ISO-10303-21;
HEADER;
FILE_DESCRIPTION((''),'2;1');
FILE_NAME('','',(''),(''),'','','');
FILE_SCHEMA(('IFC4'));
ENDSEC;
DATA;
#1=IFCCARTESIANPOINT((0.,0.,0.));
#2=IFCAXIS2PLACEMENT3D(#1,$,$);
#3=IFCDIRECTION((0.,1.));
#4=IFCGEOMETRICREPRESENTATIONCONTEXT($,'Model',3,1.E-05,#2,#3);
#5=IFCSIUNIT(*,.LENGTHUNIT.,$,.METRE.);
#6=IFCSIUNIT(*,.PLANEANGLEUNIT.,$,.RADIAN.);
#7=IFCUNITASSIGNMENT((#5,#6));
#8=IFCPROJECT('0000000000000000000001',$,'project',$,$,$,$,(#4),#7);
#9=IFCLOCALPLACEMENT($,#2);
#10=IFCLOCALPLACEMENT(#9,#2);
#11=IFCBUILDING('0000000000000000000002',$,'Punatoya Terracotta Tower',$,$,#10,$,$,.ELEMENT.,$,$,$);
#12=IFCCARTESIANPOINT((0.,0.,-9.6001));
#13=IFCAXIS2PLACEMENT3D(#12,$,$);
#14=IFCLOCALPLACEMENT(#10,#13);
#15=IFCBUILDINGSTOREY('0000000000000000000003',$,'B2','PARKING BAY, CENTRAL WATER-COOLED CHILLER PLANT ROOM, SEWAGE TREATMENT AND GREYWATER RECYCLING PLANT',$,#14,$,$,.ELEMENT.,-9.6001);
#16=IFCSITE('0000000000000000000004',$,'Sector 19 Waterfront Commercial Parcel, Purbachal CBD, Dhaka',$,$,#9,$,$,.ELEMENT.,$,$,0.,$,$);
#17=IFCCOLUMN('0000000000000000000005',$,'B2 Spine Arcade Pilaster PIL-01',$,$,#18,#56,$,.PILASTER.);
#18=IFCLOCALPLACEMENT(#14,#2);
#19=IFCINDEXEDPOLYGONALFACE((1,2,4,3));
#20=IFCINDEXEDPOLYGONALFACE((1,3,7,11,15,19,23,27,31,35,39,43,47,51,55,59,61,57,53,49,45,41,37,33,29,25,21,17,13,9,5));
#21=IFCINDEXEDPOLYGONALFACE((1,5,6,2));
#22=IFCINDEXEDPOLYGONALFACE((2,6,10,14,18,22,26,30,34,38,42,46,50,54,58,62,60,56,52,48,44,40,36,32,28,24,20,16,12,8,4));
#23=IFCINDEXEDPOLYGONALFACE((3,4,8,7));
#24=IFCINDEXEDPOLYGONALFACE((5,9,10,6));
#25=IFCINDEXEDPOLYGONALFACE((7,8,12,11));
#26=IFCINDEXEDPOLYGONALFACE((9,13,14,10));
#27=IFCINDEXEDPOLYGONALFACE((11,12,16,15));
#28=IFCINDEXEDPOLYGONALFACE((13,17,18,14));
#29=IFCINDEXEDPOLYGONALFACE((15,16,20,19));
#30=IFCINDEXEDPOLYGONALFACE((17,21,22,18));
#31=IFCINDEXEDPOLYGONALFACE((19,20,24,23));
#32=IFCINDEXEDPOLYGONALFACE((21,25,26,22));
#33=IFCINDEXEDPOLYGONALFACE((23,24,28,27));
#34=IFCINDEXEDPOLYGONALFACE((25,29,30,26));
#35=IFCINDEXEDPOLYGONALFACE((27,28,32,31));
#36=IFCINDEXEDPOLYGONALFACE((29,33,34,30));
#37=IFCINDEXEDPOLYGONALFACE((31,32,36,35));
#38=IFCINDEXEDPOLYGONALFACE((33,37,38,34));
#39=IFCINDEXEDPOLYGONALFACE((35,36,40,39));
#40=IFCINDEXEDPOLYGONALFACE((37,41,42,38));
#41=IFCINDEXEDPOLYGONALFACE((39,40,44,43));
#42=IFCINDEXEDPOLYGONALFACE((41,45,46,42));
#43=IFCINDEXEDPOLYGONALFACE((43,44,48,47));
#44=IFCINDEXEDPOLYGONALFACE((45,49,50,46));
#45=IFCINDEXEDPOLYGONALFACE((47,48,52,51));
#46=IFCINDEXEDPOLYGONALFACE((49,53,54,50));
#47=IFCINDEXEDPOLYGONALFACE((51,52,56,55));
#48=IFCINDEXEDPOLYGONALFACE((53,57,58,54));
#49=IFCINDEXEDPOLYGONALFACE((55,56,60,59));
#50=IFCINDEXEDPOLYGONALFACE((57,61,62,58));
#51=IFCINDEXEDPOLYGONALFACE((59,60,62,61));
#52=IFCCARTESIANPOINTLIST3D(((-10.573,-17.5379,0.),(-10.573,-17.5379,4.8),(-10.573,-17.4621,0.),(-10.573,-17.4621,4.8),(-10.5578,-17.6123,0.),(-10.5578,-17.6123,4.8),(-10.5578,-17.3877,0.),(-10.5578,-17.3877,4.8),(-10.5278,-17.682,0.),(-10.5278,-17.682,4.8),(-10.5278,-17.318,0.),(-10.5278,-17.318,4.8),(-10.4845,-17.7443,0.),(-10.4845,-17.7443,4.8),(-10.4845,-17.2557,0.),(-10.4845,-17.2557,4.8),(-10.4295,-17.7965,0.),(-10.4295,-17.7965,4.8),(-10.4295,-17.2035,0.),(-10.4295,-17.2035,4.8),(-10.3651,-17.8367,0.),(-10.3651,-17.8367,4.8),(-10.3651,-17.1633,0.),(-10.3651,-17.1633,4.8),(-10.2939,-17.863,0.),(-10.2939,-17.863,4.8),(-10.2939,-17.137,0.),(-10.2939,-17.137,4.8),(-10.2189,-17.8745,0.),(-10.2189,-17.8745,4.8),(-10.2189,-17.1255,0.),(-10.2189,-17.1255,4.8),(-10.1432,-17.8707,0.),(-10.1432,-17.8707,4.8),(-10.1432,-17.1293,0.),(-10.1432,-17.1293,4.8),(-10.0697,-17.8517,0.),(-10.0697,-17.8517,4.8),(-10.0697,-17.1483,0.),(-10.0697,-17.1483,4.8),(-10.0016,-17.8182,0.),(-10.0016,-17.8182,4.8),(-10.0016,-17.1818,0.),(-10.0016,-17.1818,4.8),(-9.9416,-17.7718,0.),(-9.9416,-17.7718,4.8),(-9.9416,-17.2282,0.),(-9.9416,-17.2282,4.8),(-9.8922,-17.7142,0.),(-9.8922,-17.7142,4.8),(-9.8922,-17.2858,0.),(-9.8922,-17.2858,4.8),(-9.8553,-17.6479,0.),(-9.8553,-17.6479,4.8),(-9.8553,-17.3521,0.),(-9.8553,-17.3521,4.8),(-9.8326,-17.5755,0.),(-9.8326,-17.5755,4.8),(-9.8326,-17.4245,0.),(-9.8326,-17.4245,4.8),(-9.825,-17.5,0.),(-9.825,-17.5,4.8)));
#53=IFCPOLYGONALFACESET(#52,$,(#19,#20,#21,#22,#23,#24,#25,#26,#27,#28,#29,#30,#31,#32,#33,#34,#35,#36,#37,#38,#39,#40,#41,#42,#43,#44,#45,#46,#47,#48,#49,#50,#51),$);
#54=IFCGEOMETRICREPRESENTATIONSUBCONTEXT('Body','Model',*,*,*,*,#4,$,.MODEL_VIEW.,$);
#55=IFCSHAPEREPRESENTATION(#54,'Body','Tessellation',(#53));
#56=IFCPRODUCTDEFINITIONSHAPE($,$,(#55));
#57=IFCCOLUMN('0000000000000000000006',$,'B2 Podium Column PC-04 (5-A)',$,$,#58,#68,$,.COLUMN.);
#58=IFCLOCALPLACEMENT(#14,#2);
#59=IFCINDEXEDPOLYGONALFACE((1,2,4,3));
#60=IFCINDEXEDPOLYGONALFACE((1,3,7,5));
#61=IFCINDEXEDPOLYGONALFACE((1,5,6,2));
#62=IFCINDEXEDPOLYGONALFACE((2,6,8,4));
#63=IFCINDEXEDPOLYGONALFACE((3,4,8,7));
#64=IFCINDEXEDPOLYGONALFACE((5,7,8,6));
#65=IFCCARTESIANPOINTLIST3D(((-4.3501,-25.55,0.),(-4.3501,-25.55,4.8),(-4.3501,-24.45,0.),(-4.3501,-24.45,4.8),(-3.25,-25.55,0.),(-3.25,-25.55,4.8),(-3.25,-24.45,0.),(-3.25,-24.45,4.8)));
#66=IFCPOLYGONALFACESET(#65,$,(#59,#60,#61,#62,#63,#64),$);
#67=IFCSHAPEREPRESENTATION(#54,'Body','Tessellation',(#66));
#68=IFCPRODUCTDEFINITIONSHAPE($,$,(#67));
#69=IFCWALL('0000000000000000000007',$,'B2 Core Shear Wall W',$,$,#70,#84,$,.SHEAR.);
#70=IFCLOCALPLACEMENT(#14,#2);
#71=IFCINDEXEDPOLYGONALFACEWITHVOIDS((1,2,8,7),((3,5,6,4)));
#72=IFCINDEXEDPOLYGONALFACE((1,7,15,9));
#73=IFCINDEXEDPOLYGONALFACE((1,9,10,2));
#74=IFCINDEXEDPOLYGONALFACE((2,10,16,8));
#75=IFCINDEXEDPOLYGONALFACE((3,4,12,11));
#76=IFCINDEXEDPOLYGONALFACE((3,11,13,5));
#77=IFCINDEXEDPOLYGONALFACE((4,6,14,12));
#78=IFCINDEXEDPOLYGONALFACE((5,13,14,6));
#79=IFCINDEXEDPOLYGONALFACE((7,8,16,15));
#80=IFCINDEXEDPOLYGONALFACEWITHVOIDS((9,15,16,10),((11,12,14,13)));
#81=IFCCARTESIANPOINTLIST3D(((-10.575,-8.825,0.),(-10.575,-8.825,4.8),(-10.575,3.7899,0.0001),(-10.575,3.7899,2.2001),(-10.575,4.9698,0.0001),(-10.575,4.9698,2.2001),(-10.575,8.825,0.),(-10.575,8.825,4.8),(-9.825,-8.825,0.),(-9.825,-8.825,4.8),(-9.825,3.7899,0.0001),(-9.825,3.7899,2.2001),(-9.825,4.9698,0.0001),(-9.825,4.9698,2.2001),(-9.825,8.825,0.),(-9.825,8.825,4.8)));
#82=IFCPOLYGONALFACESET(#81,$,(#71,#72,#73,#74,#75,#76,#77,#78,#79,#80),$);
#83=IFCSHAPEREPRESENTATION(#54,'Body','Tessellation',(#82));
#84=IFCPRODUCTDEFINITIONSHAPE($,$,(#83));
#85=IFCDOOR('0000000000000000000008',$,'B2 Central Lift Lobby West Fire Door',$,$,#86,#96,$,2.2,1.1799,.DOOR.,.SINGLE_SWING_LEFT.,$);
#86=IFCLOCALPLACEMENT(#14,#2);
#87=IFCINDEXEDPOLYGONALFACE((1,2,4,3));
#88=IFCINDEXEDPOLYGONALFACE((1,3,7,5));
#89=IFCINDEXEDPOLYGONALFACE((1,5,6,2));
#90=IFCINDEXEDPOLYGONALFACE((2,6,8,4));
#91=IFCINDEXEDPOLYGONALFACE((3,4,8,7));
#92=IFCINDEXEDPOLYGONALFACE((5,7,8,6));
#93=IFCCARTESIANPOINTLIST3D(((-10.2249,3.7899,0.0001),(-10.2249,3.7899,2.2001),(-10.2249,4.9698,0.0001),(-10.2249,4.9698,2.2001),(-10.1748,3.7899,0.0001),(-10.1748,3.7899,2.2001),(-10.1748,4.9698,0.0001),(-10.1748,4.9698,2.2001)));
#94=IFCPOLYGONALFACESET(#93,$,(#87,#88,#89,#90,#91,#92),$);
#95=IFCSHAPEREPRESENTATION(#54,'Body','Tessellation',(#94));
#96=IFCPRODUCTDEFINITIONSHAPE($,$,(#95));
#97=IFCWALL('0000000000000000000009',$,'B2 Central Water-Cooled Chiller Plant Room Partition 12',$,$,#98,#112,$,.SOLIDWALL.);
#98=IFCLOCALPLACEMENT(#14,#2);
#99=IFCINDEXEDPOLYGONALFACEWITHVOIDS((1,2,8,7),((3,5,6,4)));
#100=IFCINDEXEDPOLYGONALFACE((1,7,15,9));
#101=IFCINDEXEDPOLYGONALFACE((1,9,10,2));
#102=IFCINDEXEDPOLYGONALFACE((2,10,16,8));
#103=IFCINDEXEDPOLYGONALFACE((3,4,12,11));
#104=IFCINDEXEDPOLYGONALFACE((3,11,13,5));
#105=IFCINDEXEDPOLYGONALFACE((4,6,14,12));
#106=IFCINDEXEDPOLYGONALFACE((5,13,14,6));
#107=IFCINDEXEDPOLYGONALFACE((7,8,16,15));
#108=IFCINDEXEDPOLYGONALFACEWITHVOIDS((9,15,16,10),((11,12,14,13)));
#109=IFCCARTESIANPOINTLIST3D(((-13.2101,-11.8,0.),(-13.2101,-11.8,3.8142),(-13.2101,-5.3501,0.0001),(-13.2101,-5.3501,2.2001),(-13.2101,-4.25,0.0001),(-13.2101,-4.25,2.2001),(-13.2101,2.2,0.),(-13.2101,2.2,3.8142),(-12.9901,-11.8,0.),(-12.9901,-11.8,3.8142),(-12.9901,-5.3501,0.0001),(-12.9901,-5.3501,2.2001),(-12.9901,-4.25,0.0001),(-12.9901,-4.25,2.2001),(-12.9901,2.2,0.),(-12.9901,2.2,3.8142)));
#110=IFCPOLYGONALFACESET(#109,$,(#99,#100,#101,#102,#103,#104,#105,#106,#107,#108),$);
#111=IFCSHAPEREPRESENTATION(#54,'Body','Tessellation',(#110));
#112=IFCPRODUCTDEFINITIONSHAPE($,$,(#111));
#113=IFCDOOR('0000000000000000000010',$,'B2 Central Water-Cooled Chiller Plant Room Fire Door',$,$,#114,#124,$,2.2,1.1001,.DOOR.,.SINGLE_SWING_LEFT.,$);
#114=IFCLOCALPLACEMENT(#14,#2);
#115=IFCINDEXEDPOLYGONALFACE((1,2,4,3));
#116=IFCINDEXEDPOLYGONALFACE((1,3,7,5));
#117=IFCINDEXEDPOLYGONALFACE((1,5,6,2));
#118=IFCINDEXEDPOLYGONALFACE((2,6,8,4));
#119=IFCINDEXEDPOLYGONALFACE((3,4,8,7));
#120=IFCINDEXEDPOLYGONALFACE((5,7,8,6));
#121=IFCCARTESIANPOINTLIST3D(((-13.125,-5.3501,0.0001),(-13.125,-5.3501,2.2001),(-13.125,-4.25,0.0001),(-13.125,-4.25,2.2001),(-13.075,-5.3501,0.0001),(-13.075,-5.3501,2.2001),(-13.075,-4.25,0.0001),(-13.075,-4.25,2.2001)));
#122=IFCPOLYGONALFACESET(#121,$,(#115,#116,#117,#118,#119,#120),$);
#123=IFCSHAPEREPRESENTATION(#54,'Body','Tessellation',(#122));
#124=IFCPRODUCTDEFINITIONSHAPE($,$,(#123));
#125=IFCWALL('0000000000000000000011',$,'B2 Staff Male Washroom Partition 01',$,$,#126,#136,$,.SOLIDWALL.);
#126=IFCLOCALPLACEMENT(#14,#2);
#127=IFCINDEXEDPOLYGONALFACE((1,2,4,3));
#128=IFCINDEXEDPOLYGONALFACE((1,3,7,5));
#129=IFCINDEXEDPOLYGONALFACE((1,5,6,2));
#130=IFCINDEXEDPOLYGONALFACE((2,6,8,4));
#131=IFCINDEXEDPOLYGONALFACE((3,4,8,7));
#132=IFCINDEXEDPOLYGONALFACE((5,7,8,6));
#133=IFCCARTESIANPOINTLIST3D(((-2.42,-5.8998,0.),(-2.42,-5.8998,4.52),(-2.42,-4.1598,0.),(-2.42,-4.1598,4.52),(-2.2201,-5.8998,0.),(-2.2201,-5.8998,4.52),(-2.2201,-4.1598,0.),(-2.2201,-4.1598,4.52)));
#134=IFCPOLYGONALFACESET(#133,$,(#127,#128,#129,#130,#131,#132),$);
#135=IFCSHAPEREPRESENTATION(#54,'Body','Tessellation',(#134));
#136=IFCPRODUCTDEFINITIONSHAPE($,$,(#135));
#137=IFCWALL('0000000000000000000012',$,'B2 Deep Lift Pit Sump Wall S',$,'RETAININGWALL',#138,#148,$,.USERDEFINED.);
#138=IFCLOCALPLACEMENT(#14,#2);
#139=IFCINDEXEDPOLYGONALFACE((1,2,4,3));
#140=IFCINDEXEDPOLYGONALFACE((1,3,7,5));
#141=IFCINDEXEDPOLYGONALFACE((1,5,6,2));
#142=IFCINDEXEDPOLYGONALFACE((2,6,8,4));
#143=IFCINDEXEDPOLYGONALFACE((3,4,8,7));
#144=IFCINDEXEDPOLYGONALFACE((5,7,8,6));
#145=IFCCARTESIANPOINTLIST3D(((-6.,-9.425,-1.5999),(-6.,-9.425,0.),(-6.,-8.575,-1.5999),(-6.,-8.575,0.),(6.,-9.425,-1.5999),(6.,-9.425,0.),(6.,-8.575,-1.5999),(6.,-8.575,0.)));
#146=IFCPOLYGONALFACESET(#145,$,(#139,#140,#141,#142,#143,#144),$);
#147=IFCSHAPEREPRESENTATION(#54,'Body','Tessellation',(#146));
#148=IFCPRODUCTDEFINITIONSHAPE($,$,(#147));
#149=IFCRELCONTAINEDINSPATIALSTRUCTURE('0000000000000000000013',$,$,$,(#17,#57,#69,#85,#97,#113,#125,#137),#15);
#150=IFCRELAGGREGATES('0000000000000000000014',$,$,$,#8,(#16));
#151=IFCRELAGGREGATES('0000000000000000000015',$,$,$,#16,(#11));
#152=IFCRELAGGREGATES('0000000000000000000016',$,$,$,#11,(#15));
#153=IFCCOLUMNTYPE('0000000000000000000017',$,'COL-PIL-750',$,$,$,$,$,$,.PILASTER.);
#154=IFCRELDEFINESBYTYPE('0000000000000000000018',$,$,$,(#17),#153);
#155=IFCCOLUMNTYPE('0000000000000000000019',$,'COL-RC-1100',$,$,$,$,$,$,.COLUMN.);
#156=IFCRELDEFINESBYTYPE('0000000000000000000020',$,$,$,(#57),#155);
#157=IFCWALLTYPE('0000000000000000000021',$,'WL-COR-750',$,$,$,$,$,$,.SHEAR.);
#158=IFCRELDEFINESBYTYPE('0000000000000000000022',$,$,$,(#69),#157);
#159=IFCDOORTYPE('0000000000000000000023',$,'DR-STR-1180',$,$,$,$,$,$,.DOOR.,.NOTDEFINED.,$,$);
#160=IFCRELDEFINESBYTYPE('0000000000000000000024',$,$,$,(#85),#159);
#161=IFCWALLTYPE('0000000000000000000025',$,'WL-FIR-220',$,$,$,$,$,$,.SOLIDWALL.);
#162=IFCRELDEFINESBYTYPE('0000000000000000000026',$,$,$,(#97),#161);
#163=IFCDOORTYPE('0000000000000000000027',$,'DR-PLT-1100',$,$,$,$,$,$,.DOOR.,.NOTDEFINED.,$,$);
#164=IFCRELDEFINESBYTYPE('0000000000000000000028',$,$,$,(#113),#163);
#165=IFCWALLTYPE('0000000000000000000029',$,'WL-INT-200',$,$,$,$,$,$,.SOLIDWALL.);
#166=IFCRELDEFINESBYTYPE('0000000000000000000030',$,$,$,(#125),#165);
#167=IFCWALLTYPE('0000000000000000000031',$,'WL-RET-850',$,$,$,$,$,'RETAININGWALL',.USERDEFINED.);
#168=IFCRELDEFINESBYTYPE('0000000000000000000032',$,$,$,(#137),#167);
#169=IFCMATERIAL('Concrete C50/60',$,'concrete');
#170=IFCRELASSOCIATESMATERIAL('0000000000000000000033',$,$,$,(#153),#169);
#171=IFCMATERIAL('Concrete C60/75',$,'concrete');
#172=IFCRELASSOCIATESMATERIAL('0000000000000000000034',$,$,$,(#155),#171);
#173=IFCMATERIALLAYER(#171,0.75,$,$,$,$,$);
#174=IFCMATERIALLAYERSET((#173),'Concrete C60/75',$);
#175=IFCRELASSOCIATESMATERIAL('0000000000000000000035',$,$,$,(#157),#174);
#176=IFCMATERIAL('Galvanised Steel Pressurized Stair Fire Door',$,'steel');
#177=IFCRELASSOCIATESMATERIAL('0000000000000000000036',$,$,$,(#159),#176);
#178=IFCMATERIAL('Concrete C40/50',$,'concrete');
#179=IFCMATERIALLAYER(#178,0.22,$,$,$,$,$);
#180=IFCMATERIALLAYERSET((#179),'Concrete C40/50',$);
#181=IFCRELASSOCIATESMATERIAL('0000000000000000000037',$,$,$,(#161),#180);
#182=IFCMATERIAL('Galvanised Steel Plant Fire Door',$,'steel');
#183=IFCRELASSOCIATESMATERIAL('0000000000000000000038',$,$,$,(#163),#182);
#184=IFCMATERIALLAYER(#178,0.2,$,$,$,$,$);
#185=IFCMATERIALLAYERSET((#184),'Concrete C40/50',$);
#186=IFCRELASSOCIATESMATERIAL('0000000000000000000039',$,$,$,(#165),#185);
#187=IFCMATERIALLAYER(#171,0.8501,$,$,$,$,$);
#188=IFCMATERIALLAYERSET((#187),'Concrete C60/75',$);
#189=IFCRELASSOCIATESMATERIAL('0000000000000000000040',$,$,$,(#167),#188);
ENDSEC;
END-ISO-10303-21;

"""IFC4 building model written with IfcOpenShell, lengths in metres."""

from ifc_helpers import new_model, si_unit, direction, frame, frame_2d, origin, origin_2d, place, context, subcontext, project, spatial, rectangle, circle, extrude, material, layer, layer_set, material_profile, profile_set, type_object, element, fill, save


model = new_model("IFC4")

# Units and contexts
model_context = context("Model", 3, precision=1e-05, world=origin(), true_north=direction((0.0, 1.0)))
body_context = subcontext(model_context, "Body", "Model", "MODEL_VIEW")
ifc_project = project(units=[si_unit("LENGTHUNIT", "METRE"), si_unit("PLANEANGLEUNIT", "RADIAN")], contexts=[model_context])

# Site, building, storey
site_placement = place(None, origin())
site = spatial("IfcSite", under=ifc_project, at=site_placement, Name="Sector 19 Waterfront Commercial Parcel, Purbachal CBD, Dhaka", CompositionType="ELEMENT", RefElevation=0.0)
building_placement = place(site_placement, origin())
building = spatial("IfcBuilding", under=site, at=building_placement, Name="Punatoya Terracotta Tower", CompositionType="ELEMENT")
storey_placement = place(building_placement, frame((0.0, 0.0, -9.6001)))
storey = spatial("IfcBuildingStorey", under=building, at=storey_placement, Name="B2", Description="PARKING BAY, CENTRAL WATER-COOLED CHILLER PLANT ROOM, SEWAGE TREATMENT AND GREYWATER RECYCLING PLANT", CompositionType="ELEMENT", Elevation=-9.6001)

# Columns
ifc_material_1 = material(Name="Concrete C50/60", Category="concrete")
ifc_material_profile_1 = material_profile(ifc_material_1, circle(Radius=0.375, at=origin_2d()))
ifc_profile_set_1 = profile_set([ifc_material_profile_1], Name="Concrete C50/60")
column_type_1 = type_object("IfcColumnType", Name="COL-PIL-750", PredefinedType="PILASTER", material=ifc_profile_set_1)
column_1_placement = place(storey_placement, frame((-10.2, -17.5, 0.0), z_axis=(0.0, 0.0, 1.0), x_axis=(1.0, 0.0, 0.0)))
element("IfcColumn", 1, at=column_1_placement, inside=storey, type_object=column_type_1, Name="B2 Spine Arcade Pilaster PIL-01", PredefinedType="PILASTER", context=body_context, shape_type="SweptSolid", body=[
    extrude(circle(Radius=0.375, at=origin_2d()), origin(), (0.0, 0.0, 1.0), 4.8),
])
ifc_material_2 = material(Name="Concrete C60/75", Category="concrete")
ifc_material_profile_2 = material_profile(ifc_material_2, rectangle(XDim=1.1001, YDim=1.1001, at=origin_2d()))
ifc_profile_set_2 = profile_set([ifc_material_profile_2], Name="Concrete C60/75")
column_type_2 = type_object("IfcColumnType", Name="COL-RC-1100", PredefinedType="COLUMN", material=ifc_profile_set_2)
column_2_placement = place(storey_placement, frame((-3.8, -25.0, 0.0), z_axis=(0.0, 0.0, 1.0), x_axis=(1.0, 0.0, 0.0)))
element("IfcColumn", 2, at=column_2_placement, inside=storey, type_object=column_type_2, Name="B2 Podium Column PC-04 (5-A)", PredefinedType="COLUMN", context=body_context, shape_type="SweptSolid", body=[
    extrude(rectangle(XDim=1.1001, YDim=1.1001, at=origin_2d()), origin(), (0.0, 0.0, 1.0), 4.8),
])

# Walls, openings, doors
ifc_layer_1 = layer(ifc_material_2, 0.75)
ifc_layer_set_1 = layer_set([ifc_layer_1], Name="Concrete C60/75")
wall_type_1 = type_object("IfcWallType", Name="WL-COR-750", PredefinedType="SHEAR", material=ifc_layer_set_1)
wall_1_placement = place(storey_placement, frame((-10.2, -8.825, 0.0), z_axis=(0.0, 0.0, 1.0), x_axis=(0.0, 1.0, 0.0)))
wall_1 = element("IfcWall", 3, at=wall_1_placement, inside=storey, type_object=wall_type_1, Name="B2 Core Shear Wall W", PredefinedType="SHEAR", context=body_context, shape_type="SweptSolid", body=[
    extrude(rectangle(XDim=17.6499, YDim=0.75, at=frame_2d((8.825, 0.0))), origin(), (0.0, 0.0, 1.0), 4.8),
])
opening_1_placement = place(wall_1_placement, frame((12.615, 0.0, 0.0)))
opening_1 = element("IfcOpeningElement", 4, at=opening_1_placement, cuts=wall_1, PredefinedType="OPENING", context=body_context, shape_type="SweptSolid", body=[
    extrude(rectangle(XDim=1.1799, YDim=2.2, at=frame_2d((0.5898, 1.1001))), frame((0.0, 0.385, 0.0), z_axis=(0.0, -1.0, 0.0), x_axis=(1.0, 0.0, 0.0)), (0.0, 0.0, 1.0), 0.77),
])
ifc_material_3 = material(Name="Galvanised Steel Pressurized Stair Fire Door", Category="steel")
door_type_1 = type_object("IfcDoorType", Name="DR-STR-1180", OperationType="NOTDEFINED", PredefinedType="DOOR", material=ifc_material_3)
door_1_placement = place(opening_1_placement, origin())
door_1 = element("IfcDoor", 5, at=door_1_placement, inside=storey, type_object=door_type_1, Name="B2 Central Lift Lobby West Fire Door", OperationType="SINGLE_SWING_LEFT", OverallHeight=2.2, OverallWidth=1.1799, PredefinedType="DOOR", context=body_context, shape_type="SweptSolid", body=[
    extrude(rectangle(XDim=1.1799, YDim=2.2, at=frame_2d((0.5898, 1.1001))), frame((0.0, 0.0249, 0.0), z_axis=(0.0, -1.0, 0.0), x_axis=(1.0, 0.0, 0.0)), (0.0, 0.0, 1.0), 0.05),
])
fill(opening_1, door_1)
ifc_material_4 = material(Name="Concrete C40/50", Category="concrete")
ifc_layer_2 = layer(ifc_material_4, 0.22)
ifc_layer_set_2 = layer_set([ifc_layer_2], Name="Concrete C40/50")
wall_type_2 = type_object("IfcWallType", Name="WL-FIR-220", PredefinedType="SOLIDWALL", material=ifc_layer_set_2)
wall_2_placement = place(storey_placement, frame((-13.1001, -11.8, 0.0), z_axis=(0.0, 0.0, 1.0), x_axis=(0.0, 1.0, 0.0)))
wall_2 = element("IfcWall", 6, at=wall_2_placement, inside=storey, type_object=wall_type_2, Name="B2 Central Water-Cooled Chiller Plant Room Partition 12", PredefinedType="SOLIDWALL", context=body_context, shape_type="SweptSolid", body=[
    extrude(rectangle(XDim=14.0, YDim=0.22, at=frame_2d((7.0, 0.0))), origin(), (0.0, 0.0, 1.0), 3.8142),
])
opening_2_placement = place(wall_2_placement, frame((6.45, 0.0, 0.0)))
opening_2 = element("IfcOpeningElement", 7, at=opening_2_placement, cuts=wall_2, PredefinedType="OPENING", context=body_context, shape_type="SweptSolid", body=[
    extrude(rectangle(XDim=1.1001, YDim=2.2, at=frame_2d((0.55, 1.1001))), frame((0.0, 0.1199, 0.0), z_axis=(0.0, -1.0, 0.0), x_axis=(1.0, 0.0, 0.0)), (0.0, 0.0, 1.0), 0.24),
])
ifc_material_5 = material(Name="Galvanised Steel Plant Fire Door", Category="steel")
door_type_2 = type_object("IfcDoorType", Name="DR-PLT-1100", OperationType="NOTDEFINED", PredefinedType="DOOR", material=ifc_material_5)
door_2_placement = place(opening_2_placement, origin())
door_2 = element("IfcDoor", 8, at=door_2_placement, inside=storey, type_object=door_type_2, Name="B2 Central Water-Cooled Chiller Plant Room Fire Door", OperationType="SINGLE_SWING_LEFT", OverallHeight=2.2, OverallWidth=1.1001, PredefinedType="DOOR", context=body_context, shape_type="SweptSolid", body=[
    extrude(rectangle(XDim=1.1001, YDim=2.2, at=frame_2d((0.55, 1.1001))), frame((0.0, 0.0249, 0.0), z_axis=(0.0, -1.0, 0.0), x_axis=(1.0, 0.0, 0.0)), (0.0, 0.0, 1.0), 0.05),
])
fill(opening_2, door_2)

# Walls
ifc_layer_3 = layer(ifc_material_4, 0.2)
ifc_layer_set_3 = layer_set([ifc_layer_3], Name="Concrete C40/50")
wall_type_3 = type_object("IfcWallType", Name="WL-INT-200", PredefinedType="SOLIDWALL", material=ifc_layer_set_3)
wall_3_placement = place(storey_placement, frame((-2.3201, -5.8999, 0.0), z_axis=(0.0, 0.0, 1.0), x_axis=(0.0, 1.0, 0.0)))
element("IfcWall", 9, at=wall_3_placement, inside=storey, type_object=wall_type_3, Name="B2 Staff Male Washroom Partition 01", PredefinedType="SOLIDWALL", context=body_context, shape_type="SweptSolid", body=[
    extrude(rectangle(XDim=1.74, YDim=0.2, at=frame_2d((0.8701, 0.0))), origin(), (0.0, 0.0, 1.0), 4.52),
])
ifc_layer_4 = layer(ifc_material_2, 0.8501)
ifc_layer_set_4 = layer_set([ifc_layer_4], Name="Concrete C60/75")
wall_type_4 = type_object("IfcWallType", Name="WL-RET-850", ElementType="RETAININGWALL", PredefinedType="USERDEFINED", material=ifc_layer_set_4)
wall_4_placement = place(storey_placement, frame((-6.0, -9.0, -1.5999), z_axis=(0.0, 0.0, 1.0), x_axis=(1.0, 0.0, 0.0)))
element("IfcWall", 10, at=wall_4_placement, inside=storey, type_object=wall_type_4, Name="B2 Deep Lift Pit Sump Wall S", ObjectType="RETAININGWALL", PredefinedType="USERDEFINED", context=body_context, shape_type="SweptSolid", body=[
    extrude(rectangle(XDim=12.0, YDim=0.8501, at=frame_2d((6.0, 0.0))), origin(), (0.0, 0.0, 1.0), 1.5999),
])

save(model, "model.ifc")
